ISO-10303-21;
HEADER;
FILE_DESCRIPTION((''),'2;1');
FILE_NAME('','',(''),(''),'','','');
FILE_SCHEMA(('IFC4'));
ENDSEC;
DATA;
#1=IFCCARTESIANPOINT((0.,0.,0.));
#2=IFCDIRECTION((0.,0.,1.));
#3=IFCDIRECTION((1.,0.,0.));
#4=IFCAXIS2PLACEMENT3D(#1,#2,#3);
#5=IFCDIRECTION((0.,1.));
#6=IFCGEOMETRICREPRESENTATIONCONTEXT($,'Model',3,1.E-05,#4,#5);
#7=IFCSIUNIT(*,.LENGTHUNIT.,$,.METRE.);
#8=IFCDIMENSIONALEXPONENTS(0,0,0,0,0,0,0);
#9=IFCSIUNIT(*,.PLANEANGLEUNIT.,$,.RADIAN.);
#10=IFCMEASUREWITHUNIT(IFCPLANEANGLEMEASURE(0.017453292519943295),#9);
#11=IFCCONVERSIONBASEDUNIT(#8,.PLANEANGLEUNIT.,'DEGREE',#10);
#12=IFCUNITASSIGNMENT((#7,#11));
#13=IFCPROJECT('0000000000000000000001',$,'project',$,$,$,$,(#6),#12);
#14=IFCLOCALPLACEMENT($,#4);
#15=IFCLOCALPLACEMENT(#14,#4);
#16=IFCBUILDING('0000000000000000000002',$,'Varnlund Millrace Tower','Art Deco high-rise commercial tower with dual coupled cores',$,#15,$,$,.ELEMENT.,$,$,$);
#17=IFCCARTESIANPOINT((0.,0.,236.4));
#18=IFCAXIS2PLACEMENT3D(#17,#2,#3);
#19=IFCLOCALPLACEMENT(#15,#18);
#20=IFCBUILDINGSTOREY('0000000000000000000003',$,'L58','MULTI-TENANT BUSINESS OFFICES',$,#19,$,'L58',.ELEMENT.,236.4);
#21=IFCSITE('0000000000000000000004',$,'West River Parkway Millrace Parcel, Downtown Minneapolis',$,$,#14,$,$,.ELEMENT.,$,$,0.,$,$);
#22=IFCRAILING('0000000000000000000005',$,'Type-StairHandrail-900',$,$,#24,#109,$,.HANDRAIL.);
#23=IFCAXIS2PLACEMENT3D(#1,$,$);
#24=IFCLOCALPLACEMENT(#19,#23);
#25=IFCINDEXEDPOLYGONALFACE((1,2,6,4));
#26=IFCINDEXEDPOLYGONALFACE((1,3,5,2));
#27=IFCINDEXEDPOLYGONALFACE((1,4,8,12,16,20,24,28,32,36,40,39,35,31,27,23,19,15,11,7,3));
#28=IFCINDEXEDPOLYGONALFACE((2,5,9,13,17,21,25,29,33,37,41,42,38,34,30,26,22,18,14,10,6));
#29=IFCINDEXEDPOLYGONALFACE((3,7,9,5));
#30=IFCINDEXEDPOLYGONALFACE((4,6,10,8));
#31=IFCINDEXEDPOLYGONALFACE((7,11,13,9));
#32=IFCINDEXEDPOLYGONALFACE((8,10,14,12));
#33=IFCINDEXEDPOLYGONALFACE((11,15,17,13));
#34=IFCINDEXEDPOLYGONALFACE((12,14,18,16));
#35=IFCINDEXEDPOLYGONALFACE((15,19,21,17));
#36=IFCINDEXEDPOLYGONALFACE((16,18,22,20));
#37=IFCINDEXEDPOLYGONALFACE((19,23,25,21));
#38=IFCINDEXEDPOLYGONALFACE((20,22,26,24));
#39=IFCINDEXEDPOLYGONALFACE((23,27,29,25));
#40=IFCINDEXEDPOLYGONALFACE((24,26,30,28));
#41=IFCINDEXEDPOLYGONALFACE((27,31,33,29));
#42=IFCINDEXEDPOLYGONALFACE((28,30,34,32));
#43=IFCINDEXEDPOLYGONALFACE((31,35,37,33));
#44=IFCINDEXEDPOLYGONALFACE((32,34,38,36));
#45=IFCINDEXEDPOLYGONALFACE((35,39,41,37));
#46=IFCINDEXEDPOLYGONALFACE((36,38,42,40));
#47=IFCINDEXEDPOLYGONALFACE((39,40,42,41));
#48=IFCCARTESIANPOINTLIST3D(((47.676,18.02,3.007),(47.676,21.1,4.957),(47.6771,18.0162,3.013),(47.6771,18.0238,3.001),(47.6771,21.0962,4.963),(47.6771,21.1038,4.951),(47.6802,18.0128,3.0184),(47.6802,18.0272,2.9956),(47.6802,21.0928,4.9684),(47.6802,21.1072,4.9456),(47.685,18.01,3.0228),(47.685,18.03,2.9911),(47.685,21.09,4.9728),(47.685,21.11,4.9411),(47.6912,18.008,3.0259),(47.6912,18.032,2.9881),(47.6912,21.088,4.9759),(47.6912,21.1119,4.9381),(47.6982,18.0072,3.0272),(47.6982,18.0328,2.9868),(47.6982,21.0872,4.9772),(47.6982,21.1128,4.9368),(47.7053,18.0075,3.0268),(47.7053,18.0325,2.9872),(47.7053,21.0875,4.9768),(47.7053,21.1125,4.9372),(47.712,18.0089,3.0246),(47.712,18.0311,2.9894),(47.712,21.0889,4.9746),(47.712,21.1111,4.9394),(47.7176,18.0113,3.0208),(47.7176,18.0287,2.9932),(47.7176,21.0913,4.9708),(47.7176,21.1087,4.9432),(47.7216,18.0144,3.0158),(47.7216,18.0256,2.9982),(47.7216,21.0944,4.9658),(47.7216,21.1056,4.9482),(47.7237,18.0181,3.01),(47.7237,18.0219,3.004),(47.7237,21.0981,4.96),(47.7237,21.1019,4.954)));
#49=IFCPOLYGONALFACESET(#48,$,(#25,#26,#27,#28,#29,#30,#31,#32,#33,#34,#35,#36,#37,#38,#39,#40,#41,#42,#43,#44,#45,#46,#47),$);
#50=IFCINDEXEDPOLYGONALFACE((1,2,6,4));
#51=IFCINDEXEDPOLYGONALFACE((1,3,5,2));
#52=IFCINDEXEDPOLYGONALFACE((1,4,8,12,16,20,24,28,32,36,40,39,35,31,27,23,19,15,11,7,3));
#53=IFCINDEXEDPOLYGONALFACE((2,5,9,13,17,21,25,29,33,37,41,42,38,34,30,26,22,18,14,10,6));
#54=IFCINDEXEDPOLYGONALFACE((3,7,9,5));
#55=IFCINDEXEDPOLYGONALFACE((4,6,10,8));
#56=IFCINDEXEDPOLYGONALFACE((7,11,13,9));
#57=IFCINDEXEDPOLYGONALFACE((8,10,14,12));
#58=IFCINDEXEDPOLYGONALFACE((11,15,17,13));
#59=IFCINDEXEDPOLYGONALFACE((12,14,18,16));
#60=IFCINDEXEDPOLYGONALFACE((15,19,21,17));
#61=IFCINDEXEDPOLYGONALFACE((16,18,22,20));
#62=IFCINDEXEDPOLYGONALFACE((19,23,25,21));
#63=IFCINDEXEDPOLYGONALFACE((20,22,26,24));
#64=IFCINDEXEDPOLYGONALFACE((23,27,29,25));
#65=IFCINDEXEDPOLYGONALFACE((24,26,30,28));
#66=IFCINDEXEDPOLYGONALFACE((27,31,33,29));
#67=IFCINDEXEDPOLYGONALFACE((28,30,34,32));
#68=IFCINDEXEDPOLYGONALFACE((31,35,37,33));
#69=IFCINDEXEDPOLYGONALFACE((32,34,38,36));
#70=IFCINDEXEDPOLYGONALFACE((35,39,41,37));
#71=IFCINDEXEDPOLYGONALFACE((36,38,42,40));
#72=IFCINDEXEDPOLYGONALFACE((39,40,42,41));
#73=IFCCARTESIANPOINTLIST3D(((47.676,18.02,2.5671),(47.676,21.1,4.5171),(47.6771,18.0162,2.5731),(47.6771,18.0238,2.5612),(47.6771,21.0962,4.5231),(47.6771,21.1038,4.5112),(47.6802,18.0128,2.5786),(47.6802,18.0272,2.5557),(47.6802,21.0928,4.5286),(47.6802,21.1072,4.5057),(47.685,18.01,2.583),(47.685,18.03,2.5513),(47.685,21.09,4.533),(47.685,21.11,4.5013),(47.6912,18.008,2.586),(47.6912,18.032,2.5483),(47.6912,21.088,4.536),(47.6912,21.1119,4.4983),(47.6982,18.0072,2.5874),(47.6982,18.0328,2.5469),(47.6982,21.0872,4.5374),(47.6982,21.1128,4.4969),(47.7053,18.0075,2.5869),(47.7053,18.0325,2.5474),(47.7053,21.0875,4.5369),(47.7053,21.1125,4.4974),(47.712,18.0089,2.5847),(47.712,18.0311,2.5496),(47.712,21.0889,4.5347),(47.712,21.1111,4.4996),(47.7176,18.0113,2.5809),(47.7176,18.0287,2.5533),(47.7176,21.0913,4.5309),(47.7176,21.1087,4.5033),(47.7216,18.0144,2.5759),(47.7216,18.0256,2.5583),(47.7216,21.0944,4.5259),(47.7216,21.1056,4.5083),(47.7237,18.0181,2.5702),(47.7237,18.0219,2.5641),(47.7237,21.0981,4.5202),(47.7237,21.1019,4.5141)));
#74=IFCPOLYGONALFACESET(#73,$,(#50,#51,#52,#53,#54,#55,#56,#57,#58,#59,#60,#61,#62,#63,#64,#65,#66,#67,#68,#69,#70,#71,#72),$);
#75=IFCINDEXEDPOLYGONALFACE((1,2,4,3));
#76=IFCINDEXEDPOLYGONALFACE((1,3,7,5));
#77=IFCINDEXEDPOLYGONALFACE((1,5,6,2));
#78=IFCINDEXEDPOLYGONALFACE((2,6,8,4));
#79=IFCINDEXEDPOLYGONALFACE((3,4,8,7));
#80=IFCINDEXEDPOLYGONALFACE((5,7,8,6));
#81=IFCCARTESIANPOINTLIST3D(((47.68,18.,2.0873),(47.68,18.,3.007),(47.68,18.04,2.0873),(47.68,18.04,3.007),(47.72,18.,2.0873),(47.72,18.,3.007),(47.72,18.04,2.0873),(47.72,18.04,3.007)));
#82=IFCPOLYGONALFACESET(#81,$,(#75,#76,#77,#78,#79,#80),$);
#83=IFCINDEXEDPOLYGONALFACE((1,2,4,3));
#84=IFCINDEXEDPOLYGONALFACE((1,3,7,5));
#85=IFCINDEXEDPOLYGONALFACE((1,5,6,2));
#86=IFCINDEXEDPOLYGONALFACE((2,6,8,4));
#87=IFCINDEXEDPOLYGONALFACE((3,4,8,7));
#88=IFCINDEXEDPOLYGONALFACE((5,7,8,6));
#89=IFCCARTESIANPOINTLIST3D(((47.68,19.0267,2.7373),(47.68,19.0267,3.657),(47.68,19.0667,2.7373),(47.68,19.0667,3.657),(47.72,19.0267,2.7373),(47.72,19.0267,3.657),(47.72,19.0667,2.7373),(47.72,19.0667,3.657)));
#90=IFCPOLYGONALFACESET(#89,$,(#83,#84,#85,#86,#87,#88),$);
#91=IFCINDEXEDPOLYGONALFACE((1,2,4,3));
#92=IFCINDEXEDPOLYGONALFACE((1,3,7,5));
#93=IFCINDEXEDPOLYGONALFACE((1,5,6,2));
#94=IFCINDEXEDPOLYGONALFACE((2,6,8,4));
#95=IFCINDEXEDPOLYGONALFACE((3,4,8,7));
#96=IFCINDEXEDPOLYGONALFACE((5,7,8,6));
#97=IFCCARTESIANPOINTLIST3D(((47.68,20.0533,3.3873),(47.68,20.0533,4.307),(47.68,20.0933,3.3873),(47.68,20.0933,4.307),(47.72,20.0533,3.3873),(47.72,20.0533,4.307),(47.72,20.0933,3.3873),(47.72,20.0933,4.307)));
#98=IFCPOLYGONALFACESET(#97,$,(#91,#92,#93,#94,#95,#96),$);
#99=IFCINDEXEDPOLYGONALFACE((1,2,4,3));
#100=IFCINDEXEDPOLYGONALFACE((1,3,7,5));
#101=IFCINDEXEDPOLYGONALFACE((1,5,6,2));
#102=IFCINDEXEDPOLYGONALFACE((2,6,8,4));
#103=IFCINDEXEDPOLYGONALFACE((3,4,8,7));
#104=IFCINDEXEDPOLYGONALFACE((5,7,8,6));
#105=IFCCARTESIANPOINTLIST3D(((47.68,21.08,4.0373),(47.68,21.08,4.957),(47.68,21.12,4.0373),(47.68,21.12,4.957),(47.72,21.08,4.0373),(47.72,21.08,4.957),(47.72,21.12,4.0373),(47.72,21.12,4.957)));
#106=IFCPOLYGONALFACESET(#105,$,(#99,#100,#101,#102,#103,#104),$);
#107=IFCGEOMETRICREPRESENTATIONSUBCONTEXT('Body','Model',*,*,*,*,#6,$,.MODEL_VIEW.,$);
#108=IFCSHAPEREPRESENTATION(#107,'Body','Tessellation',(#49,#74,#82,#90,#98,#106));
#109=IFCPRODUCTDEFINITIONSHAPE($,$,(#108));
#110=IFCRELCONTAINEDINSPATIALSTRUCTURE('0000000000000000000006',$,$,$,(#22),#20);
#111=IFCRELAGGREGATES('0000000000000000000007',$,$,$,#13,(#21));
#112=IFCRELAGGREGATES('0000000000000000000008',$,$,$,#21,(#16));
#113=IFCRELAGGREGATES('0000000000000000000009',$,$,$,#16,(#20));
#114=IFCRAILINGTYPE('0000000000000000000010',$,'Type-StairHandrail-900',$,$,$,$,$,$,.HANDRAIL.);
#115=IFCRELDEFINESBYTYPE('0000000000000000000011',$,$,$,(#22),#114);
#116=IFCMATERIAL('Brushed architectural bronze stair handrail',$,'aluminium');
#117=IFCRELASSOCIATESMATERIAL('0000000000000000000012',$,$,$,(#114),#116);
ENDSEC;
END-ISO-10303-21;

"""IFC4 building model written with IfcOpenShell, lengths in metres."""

from ifc_helpers import new_model, entity, si_unit, converted_unit, direction, frame, origin_with_axes, origin_2d_with_axis, place, context, subcontext, project, spatial, rectangle, circle, extrude, material, type_object, element, save


model = new_model("IFC4")

# Units and contexts
model_context = context("Model", 3, precision=1e-05, world=origin_with_axes(), true_north=direction((0.0, 1.0)))
body_context = subcontext(model_context, "Body", "Model", "MODEL_VIEW")
ifc_project = project(units=[si_unit("LENGTHUNIT", "METRE"), converted_unit("PLANEANGLEUNIT", "DEGREE", entity("IfcPlaneAngleMeasure", 0.017453292519943295), si_unit("PLANEANGLEUNIT", "RADIAN"), dimensions=[0, 0, 0, 0, 0, 0, 0])], contexts=[model_context])

# Site, building, storey
site_placement = place(None, origin_with_axes())
site = spatial("IfcSite", under=ifc_project, at=site_placement, Name="West River Parkway Millrace Parcel, Downtown Minneapolis", CompositionType="ELEMENT", RefElevation=0.0)
building_placement = place(site_placement, origin_with_axes())
building = spatial("IfcBuilding", under=site, at=building_placement, Name="Varnlund Millrace Tower", Description="Art Deco high-rise commercial tower with dual coupled cores", CompositionType="ELEMENT")
storey_placement = place(building_placement, frame((0.0, 0.0, 236.4), z_axis=(0.0, 0.0, 1.0), x_axis=(1.0, 0.0, 0.0)))
storey = spatial("IfcBuildingStorey", under=building, at=storey_placement, Name="L58", Description="MULTI-TENANT BUSINESS OFFICES", LongName="L58", CompositionType="ELEMENT", Elevation=236.4)

# Railing
ifc_material_1 = material(Name="Brushed architectural bronze stair handrail", Category="aluminium")
railing_type_1 = type_object("IfcRailingType", Name="Type-StairHandrail-900", PredefinedType="HANDRAIL", material=ifc_material_1)
railing_1_placement = place(storey_placement, frame((0.0, 0.0, -236.4), z_axis=(0.0, 0.0, 1.0), x_axis=(1.0, 0.0, 0.0)))
element("IfcRailing", 1, at=railing_1_placement, inside=storey, type_object=railing_type_1, Name="Type-StairHandrail-900", PredefinedType="HANDRAIL", context=body_context, shape_type="SweptSolid", body=[
    extrude(circle(Radius=0.024, at=origin_2d_with_axis()), frame((47.7, 18.02, 239.407), z_axis=(0.0, 0.844902, 0.534922), x_axis=(-1.0, 0.0, 0.0)), (0.0, 0.0, 1.0), 3.6454),
    extrude(circle(Radius=0.024, at=origin_2d_with_axis()), frame((47.7, 18.02, 238.9671), z_axis=(0.0, 0.844902, 0.534922), x_axis=(-1.0, 0.0, 0.0)), (0.0, 0.0, 1.0), 3.6454),
    extrude(rectangle(XDim=0.04, YDim=0.04, at=origin_2d_with_axis()), frame((47.7, 18.02, 238.4873), z_axis=(0.0, 0.0, 1.0), x_axis=(1.0, 0.0, 0.0)), (0.0, 0.0, 1.0), 0.9197),
    extrude(rectangle(XDim=0.04, YDim=0.04, at=origin_2d_with_axis()), frame((47.7, 19.0467, 239.1373), z_axis=(0.0, 0.0, 1.0), x_axis=(1.0, 0.0, 0.0)), (0.0, 0.0, 1.0), 0.9197),
    extrude(rectangle(XDim=0.04, YDim=0.04, at=origin_2d_with_axis()), frame((47.7, 20.0733, 239.7873), z_axis=(0.0, 0.0, 1.0), x_axis=(1.0, 0.0, 0.0)), (0.0, 0.0, 1.0), 0.9197),
    extrude(rectangle(XDim=0.04, YDim=0.04, at=origin_2d_with_axis()), frame((47.7, 21.1, 240.4373), z_axis=(0.0, 0.0, 1.0), x_axis=(1.0, 0.0, 0.0)), (0.0, 0.0, 1.0), 0.9197),
])

save(model, "model.ifc")
